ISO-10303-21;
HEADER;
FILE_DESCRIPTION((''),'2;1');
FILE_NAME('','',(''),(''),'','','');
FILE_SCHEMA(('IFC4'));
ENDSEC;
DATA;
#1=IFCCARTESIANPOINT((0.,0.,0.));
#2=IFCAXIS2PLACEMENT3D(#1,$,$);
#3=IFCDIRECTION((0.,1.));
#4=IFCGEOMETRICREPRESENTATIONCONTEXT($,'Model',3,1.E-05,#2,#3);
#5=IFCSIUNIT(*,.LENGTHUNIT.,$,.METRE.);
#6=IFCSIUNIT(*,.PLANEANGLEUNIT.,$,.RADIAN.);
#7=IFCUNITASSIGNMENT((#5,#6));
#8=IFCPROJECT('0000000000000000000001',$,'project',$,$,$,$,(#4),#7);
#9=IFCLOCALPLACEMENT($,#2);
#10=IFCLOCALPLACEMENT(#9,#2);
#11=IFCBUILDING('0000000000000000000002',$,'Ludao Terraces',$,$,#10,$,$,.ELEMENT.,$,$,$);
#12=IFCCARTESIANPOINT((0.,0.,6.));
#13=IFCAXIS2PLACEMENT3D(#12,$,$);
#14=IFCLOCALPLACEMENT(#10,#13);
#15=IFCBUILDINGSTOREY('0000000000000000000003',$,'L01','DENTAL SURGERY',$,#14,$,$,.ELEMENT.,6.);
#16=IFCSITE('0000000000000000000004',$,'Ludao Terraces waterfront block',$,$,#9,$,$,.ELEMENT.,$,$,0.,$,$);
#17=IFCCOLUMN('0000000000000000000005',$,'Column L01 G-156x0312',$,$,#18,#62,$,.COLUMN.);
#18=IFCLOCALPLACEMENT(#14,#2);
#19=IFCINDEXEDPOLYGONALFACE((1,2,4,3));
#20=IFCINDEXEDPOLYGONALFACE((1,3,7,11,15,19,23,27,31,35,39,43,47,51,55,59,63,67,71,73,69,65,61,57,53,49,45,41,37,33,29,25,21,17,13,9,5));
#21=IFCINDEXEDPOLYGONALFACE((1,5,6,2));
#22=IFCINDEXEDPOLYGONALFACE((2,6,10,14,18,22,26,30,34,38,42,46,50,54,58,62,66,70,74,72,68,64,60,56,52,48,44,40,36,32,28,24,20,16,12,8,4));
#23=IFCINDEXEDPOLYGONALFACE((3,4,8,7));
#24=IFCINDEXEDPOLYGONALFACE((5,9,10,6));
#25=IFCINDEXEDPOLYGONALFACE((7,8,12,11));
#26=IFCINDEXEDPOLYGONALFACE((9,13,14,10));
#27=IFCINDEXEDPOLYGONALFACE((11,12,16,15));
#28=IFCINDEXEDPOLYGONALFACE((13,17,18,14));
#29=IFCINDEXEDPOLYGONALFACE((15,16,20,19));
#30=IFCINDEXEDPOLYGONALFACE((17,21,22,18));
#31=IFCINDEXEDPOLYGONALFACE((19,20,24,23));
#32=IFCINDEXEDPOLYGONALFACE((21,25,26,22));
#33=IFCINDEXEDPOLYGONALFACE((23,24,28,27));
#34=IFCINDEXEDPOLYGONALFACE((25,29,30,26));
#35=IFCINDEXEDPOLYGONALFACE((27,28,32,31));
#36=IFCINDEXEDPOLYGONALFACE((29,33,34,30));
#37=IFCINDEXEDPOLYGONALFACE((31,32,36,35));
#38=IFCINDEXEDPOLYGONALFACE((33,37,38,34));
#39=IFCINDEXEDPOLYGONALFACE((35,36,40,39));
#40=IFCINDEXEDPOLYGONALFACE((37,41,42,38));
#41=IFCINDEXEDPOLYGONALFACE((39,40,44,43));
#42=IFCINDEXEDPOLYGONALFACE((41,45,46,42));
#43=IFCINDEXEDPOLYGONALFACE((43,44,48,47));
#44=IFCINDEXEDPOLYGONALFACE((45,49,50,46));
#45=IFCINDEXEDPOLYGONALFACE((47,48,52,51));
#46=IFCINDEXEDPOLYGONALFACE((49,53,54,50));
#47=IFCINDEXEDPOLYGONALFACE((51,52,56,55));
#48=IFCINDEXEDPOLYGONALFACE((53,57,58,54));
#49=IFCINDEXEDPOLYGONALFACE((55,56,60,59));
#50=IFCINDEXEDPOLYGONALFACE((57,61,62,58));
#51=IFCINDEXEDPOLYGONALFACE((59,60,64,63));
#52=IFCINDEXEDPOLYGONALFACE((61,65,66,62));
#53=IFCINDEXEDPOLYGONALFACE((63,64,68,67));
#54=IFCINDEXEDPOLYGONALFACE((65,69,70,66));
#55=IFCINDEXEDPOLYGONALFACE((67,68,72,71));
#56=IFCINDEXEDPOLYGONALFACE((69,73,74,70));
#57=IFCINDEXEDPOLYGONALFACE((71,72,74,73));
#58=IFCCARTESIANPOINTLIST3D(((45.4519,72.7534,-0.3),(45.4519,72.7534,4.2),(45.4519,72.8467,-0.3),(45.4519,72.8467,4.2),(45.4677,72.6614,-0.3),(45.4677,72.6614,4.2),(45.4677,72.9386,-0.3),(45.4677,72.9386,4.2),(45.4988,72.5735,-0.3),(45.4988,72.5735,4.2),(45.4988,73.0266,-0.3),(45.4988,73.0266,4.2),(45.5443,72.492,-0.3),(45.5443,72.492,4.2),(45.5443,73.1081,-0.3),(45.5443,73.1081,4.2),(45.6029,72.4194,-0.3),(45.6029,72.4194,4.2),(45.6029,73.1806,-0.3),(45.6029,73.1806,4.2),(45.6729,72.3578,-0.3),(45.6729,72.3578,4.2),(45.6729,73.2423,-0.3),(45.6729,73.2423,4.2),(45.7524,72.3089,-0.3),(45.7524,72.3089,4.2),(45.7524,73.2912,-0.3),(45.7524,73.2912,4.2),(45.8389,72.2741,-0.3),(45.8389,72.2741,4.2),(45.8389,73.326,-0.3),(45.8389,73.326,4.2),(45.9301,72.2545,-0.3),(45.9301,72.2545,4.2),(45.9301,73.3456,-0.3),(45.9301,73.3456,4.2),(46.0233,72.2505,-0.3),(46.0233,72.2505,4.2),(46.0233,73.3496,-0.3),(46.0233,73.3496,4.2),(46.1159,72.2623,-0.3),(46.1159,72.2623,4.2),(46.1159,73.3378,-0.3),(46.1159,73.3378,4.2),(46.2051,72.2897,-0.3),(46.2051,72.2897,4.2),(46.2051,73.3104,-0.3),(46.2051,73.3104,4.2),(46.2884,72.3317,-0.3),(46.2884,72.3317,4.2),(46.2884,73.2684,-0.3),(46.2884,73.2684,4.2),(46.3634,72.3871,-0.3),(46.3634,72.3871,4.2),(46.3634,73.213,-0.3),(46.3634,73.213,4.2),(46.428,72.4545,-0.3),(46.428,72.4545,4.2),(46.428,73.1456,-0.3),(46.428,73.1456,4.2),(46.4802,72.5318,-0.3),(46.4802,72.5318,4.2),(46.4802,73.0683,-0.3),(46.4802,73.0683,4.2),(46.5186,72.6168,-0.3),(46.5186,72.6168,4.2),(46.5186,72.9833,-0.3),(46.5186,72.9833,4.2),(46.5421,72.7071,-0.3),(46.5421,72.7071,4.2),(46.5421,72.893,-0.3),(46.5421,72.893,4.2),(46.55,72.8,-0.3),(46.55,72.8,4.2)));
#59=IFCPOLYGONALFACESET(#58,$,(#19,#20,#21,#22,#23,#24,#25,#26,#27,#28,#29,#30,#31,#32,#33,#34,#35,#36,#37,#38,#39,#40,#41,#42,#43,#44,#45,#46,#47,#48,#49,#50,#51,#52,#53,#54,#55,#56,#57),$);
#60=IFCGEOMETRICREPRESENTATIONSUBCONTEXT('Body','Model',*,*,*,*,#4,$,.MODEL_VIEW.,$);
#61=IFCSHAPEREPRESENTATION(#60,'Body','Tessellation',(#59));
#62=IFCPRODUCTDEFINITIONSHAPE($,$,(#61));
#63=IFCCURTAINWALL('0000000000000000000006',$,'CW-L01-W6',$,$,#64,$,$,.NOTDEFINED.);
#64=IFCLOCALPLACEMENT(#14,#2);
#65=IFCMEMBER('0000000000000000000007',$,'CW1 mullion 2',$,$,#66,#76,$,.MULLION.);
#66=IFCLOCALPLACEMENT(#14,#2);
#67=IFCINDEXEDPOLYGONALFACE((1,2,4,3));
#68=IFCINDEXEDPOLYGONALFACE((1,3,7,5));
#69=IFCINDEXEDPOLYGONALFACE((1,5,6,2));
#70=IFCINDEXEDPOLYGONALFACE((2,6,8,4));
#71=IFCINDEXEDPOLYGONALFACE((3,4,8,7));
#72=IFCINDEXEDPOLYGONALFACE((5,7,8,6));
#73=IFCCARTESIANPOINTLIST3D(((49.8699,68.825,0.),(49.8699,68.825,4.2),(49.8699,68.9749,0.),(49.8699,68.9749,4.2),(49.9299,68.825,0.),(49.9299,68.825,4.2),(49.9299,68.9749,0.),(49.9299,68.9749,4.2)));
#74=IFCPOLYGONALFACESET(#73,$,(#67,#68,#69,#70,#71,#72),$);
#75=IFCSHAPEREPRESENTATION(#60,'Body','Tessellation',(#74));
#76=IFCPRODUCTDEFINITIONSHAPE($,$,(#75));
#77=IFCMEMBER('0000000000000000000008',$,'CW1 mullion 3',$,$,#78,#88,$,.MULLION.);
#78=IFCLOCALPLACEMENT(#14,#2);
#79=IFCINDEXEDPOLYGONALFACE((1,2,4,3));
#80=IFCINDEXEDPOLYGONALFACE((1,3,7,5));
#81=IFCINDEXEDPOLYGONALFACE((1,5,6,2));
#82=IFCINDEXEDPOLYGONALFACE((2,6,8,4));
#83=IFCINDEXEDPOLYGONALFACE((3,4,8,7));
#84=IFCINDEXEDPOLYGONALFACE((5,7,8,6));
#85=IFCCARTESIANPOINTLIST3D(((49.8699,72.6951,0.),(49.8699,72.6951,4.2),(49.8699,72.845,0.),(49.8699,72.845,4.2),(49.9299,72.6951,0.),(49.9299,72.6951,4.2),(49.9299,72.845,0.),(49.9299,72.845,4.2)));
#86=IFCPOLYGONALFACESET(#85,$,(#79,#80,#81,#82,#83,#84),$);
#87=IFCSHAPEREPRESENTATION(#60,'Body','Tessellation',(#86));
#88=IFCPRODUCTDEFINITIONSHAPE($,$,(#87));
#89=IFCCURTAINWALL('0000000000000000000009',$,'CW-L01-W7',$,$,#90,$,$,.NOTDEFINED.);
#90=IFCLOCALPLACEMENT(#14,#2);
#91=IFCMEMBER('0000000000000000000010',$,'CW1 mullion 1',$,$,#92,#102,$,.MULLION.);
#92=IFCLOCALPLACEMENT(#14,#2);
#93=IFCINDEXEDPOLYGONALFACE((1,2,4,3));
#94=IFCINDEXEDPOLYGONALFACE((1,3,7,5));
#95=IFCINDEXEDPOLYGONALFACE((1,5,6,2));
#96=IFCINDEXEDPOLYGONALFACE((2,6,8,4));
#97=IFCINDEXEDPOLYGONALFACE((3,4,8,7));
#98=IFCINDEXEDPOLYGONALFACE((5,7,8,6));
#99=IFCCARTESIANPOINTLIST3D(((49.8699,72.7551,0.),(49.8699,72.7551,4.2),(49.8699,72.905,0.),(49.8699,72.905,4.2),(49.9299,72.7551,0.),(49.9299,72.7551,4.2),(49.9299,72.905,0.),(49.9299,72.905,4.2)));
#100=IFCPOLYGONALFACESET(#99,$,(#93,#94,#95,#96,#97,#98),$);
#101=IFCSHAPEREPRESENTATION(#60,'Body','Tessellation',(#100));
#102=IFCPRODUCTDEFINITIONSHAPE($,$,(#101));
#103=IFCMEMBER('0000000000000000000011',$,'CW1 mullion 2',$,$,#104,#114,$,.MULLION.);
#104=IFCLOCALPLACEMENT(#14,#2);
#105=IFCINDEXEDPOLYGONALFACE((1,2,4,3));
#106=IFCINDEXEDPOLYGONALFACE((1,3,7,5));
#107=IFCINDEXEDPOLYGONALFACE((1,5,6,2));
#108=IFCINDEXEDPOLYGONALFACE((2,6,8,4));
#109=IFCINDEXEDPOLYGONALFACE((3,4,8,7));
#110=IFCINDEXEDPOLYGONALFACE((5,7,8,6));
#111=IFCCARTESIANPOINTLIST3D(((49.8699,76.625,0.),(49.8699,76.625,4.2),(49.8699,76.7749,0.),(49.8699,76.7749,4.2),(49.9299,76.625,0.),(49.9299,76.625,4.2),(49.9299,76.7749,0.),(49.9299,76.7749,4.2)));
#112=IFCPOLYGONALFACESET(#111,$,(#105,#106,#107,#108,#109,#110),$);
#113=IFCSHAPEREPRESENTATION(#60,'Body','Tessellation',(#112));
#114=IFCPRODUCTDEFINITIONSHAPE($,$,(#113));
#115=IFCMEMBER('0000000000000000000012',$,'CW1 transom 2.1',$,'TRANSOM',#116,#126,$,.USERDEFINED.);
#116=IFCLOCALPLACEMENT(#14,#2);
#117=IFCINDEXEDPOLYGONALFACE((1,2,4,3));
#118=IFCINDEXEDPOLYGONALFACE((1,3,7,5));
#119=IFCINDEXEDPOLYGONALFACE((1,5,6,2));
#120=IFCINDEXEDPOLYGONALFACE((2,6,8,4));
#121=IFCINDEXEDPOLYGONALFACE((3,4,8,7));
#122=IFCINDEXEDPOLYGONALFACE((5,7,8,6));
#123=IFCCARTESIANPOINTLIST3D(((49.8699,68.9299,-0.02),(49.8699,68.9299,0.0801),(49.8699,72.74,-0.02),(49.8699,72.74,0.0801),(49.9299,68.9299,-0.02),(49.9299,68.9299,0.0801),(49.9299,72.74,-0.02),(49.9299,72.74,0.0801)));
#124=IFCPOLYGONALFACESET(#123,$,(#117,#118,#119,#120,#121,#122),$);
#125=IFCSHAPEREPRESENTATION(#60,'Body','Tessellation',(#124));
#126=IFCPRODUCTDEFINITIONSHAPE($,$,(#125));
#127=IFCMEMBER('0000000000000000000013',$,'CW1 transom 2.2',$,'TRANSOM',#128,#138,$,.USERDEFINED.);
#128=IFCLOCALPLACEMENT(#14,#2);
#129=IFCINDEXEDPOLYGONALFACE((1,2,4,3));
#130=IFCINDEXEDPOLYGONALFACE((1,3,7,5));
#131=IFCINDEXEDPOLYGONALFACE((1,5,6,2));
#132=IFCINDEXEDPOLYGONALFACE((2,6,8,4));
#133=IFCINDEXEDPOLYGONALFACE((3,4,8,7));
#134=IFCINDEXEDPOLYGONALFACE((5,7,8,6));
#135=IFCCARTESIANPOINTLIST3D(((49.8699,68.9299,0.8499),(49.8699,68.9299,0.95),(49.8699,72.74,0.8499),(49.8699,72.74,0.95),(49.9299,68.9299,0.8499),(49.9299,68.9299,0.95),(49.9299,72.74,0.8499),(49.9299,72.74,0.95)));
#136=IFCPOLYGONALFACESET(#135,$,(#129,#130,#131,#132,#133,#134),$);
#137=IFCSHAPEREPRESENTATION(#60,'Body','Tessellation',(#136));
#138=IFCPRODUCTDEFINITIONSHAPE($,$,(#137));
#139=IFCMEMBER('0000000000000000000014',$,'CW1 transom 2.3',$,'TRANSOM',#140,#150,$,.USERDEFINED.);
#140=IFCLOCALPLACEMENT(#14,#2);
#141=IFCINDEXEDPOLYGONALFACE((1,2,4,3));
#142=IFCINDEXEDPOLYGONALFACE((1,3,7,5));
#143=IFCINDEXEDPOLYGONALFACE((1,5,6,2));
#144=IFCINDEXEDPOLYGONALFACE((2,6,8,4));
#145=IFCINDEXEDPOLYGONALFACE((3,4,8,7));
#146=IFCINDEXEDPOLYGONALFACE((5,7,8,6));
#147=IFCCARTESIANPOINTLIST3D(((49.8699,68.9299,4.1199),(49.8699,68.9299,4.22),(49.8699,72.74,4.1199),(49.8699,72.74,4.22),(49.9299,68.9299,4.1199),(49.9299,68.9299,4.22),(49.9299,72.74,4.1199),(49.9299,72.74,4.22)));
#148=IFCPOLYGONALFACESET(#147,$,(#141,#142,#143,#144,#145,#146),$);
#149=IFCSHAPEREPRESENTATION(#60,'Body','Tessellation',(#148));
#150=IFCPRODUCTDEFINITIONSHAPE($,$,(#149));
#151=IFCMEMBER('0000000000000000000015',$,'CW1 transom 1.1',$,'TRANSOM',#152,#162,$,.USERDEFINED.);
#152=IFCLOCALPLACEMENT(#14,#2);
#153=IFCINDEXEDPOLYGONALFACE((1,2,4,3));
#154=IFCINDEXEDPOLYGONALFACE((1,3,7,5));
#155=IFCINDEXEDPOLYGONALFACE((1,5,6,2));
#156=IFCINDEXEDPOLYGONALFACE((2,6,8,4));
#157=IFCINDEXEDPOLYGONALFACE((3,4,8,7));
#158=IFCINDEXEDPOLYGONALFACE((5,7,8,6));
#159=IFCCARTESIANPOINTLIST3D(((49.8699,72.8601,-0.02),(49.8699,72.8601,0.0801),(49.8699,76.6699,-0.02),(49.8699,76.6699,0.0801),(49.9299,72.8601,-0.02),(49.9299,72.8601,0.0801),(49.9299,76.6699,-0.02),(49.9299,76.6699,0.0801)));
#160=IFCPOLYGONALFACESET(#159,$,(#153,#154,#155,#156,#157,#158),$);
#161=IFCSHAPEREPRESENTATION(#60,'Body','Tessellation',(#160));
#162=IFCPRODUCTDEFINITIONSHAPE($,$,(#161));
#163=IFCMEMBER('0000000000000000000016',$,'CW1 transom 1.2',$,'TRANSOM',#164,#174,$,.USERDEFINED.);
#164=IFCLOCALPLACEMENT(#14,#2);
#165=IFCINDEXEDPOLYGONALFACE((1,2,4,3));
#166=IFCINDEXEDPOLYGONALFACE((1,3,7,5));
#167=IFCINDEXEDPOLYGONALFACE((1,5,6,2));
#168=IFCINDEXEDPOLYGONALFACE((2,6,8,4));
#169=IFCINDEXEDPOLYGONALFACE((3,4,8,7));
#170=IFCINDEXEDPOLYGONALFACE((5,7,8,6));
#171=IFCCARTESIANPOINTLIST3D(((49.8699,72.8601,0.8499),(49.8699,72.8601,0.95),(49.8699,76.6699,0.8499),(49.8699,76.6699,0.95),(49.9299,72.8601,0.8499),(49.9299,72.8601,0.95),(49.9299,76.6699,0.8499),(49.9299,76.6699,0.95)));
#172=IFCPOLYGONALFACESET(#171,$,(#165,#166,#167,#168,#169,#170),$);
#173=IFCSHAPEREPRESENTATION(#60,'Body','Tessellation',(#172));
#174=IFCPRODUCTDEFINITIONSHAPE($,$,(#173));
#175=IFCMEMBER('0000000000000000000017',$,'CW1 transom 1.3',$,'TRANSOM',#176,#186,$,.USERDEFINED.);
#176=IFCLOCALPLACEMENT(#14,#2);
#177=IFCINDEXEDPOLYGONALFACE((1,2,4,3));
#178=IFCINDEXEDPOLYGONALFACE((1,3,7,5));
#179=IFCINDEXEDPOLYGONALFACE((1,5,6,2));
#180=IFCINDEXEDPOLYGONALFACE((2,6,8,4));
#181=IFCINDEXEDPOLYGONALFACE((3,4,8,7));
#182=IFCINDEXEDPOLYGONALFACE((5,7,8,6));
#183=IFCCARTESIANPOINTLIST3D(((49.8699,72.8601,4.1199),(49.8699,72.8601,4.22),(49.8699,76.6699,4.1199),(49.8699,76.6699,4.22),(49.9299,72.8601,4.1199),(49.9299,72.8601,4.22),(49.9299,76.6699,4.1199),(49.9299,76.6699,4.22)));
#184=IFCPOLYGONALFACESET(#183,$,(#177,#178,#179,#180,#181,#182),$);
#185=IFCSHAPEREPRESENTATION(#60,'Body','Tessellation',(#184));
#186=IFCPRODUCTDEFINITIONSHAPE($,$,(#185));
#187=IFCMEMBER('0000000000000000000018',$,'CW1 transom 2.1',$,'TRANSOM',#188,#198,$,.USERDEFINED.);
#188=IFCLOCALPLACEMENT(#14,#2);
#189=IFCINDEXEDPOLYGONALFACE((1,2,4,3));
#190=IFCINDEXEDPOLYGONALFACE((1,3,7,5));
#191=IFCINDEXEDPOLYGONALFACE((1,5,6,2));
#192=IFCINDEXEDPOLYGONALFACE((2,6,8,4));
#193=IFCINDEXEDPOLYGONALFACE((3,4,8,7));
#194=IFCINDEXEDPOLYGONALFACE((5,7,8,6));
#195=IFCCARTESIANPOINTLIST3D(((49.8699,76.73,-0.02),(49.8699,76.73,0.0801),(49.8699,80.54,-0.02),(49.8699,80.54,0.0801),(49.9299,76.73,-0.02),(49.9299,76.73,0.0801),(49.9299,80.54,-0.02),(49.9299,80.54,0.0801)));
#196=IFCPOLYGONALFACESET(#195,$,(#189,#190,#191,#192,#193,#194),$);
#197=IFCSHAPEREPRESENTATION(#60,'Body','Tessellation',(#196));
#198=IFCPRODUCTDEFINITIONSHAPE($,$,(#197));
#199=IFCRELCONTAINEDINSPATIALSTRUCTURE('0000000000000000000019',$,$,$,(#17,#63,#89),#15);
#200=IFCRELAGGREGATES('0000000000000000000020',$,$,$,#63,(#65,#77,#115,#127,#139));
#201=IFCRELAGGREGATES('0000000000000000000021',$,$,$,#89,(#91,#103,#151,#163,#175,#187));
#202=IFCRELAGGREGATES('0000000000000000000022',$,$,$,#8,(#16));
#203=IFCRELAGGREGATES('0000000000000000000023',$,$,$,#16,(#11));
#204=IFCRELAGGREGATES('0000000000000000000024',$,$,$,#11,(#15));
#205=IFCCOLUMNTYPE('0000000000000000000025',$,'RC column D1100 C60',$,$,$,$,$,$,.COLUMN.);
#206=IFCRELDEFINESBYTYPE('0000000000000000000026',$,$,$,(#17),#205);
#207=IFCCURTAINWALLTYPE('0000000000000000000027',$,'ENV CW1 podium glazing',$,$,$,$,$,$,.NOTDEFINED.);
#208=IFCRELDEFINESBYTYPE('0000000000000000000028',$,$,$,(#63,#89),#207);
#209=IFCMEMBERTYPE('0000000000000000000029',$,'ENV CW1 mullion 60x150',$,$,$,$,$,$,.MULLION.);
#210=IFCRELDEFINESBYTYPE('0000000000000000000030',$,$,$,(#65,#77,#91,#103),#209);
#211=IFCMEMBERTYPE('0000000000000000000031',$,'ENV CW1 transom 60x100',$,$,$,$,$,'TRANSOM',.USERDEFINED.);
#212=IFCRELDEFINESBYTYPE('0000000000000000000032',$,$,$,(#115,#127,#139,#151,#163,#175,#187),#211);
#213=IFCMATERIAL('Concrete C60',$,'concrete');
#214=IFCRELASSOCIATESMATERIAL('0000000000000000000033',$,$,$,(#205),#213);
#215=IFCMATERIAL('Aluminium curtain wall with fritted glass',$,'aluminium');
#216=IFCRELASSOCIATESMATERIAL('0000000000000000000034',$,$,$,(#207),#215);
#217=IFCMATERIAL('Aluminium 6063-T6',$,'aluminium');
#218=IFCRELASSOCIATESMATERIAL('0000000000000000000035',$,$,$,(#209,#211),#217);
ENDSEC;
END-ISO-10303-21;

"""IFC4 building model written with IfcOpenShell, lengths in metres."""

from ifc_helpers import new_model, si_unit, direction, frame, origin, origin_2d, place, context, subcontext, project, spatial, rectangle, circle, extrude, material, material_profile, profile_set, type_object, element, aggregate, save


model = new_model("IFC4")

# Units and contexts
model_context = context("Model", 3, precision=1e-05, world=origin(), true_north=direction((0.0, 1.0)))
body_context = subcontext(model_context, "Body", "Model", "MODEL_VIEW")
ifc_project = project(units=[si_unit("LENGTHUNIT", "METRE"), si_unit("PLANEANGLEUNIT", "RADIAN")], contexts=[model_context])

# Site, building, storey
site_placement = place(None, origin())
site = spatial("IfcSite", under=ifc_project, at=site_placement, Name="Ludao Terraces waterfront block", CompositionType="ELEMENT", RefElevation=0.0)
building_placement = place(site_placement, origin())
building = spatial("IfcBuilding", under=site, at=building_placement, Name="Ludao Terraces", CompositionType="ELEMENT")
storey_placement = place(building_placement, frame((0.0, 0.0, 6.0)))
storey = spatial("IfcBuildingStorey", under=building, at=storey_placement, Name="L01", Description="DENTAL SURGERY", CompositionType="ELEMENT", Elevation=6.0)

# Column
ifc_material_1 = material(Name="Concrete C60", Category="concrete")
ifc_material_profile_1 = material_profile(ifc_material_1, circle(Radius=0.55, at=origin_2d()), Name="D1100")
ifc_profile_set_1 = profile_set([ifc_material_profile_1], Name="Concrete C60")
column_type = type_object("IfcColumnType", Name="RC column D1100 C60", PredefinedType="COLUMN", material=ifc_profile_set_1)
column_placement = place(storey_placement, frame((46.0, 72.8, -0.3), z_axis=(0.0, 0.0, 1.0), x_axis=(1.0, 0.0, 0.0)))
element("IfcColumn", 1, at=column_placement, inside=storey, type_object=column_type, Name="Column L01 G-156x0312", PredefinedType="COLUMN", context=body_context, shape_type="SweptSolid", body=[
    extrude(circle(Radius=0.55, at=origin_2d()), origin(), (0.0, 0.0, 1.0), 4.5),
])

# Curtain walls, members
ifc_material_2 = material(Name="Aluminium curtain wall with fritted glass", Category="aluminium")
curtain_wall_type = type_object("IfcCurtainWallType", Name="ENV CW1 podium glazing", PredefinedType="NOTDEFINED", material=ifc_material_2)
curtain_wall_1_placement = place(storey_placement, origin())
curtain_wall_1 = element("IfcCurtainWall", 2, at=curtain_wall_1_placement, inside=storey, type_object=curtain_wall_type, Name="CW-L01-W6", PredefinedType="NOTDEFINED")
ifc_material_3 = material(Name="Aluminium 6063-T6", Category="aluminium")
ifc_material_profile_2 = material_profile(ifc_material_3, rectangle(XDim=0.0601, YDim=0.1499, at=origin_2d()), Name="60 X 150")
ifc_profile_set_2 = profile_set([ifc_material_profile_2], Name="Aluminium 6063-T6")
member_type_1 = type_object("IfcMemberType", Name="ENV CW1 mullion 60x150", PredefinedType="MULLION", material=ifc_profile_set_2)
member_1_placement = place(storey_placement, frame((49.8999, 68.8999, 0.0), z_axis=(0.0, 0.0, 1.0), x_axis=(-1.0, 0.0, 0.0)))
member_1 = element("IfcMember", 3, at=member_1_placement, type_object=member_type_1, Name="CW1 mullion 2", PredefinedType="MULLION", context=body_context, shape_type="SweptSolid", body=[
    extrude(rectangle(XDim=0.0601, YDim=0.1499, at=origin_2d()), origin(), (0.0, 0.0, 1.0), 4.2),
])
member_2_placement = place(storey_placement, frame((49.8999, 72.77, 0.0), z_axis=(0.0, 0.0, 1.0), x_axis=(-1.0, 0.0, 0.0)))
member_2 = element("IfcMember", 4, at=member_2_placement, type_object=member_type_1, Name="CW1 mullion 3", PredefinedType="MULLION", context=body_context, shape_type="SweptSolid", body=[
    extrude(rectangle(XDim=0.0601, YDim=0.1499, at=origin_2d()), origin(), (0.0, 0.0, 1.0), 4.2),
])
curtain_wall_2_placement = place(storey_placement, origin())
curtain_wall_2 = element("IfcCurtainWall", 5, at=curtain_wall_2_placement, inside=storey, type_object=curtain_wall_type, Name="CW-L01-W7", PredefinedType="NOTDEFINED")
member_3_placement = place(storey_placement, frame((49.8999, 72.8301, 0.0), z_axis=(0.0, 0.0, 1.0), x_axis=(-1.0, 0.0, 0.0)))
member_3 = element("IfcMember", 6, at=member_3_placement, type_object=member_type_1, Name="CW1 mullion 1", PredefinedType="MULLION", context=body_context, shape_type="SweptSolid", body=[
    extrude(rectangle(XDim=0.0601, YDim=0.1499, at=origin_2d()), origin(), (0.0, 0.0, 1.0), 4.2),
])
member_4_placement = place(storey_placement, frame((49.8999, 76.7, 0.0), z_axis=(0.0, 0.0, 1.0), x_axis=(-1.0, 0.0, 0.0)))
member_4 = element("IfcMember", 7, at=member_4_placement, type_object=member_type_1, Name="CW1 mullion 2", PredefinedType="MULLION", context=body_context, shape_type="SweptSolid", body=[
    extrude(rectangle(XDim=0.0601, YDim=0.1499, at=origin_2d()), origin(), (0.0, 0.0, 1.0), 4.2),
])

# Members
ifc_material_profile_3 = material_profile(ifc_material_3, rectangle(XDim=0.0601, YDim=0.1001, at=origin_2d()), Name="60 X 100")
ifc_profile_set_3 = profile_set([ifc_material_profile_3], Name="Aluminium 6063-T6")
member_type_2 = type_object("IfcMemberType", Name="ENV CW1 transom 60x100", ElementType="TRANSOM", PredefinedType="USERDEFINED", material=ifc_profile_set_3)
member_5_placement = place(storey_placement, frame((49.8999, 68.9299, 0.03), z_axis=(0.0, 1.0, 0.0), x_axis=(-1.0, 0.0, 0.0)))
member_5 = element("IfcMember", 8, at=member_5_placement, type_object=member_type_2, Name="CW1 transom 2.1", ObjectType="TRANSOM", PredefinedType="USERDEFINED", context=body_context, shape_type="SweptSolid", body=[
    extrude(rectangle(XDim=0.0601, YDim=0.1001, at=origin_2d()), origin(), (0.0, 0.0, 1.0), 3.8101),
])
member_6_placement = place(storey_placement, frame((49.8999, 68.9299, 0.8999), z_axis=(0.0, 1.0, 0.0), x_axis=(-1.0, 0.0, 0.0)))
member_6 = element("IfcMember", 9, at=member_6_placement, type_object=member_type_2, Name="CW1 transom 2.2", ObjectType="TRANSOM", PredefinedType="USERDEFINED", context=body_context, shape_type="SweptSolid", body=[
    extrude(rectangle(XDim=0.0601, YDim=0.1001, at=origin_2d()), origin(), (0.0, 0.0, 1.0), 3.8101),
])
member_7_placement = place(storey_placement, frame((49.8999, 68.9299, 4.1699), z_axis=(0.0, 1.0, 0.0), x_axis=(-1.0, 0.0, 0.0)))
member_7 = element("IfcMember", 10, at=member_7_placement, type_object=member_type_2, Name="CW1 transom 2.3", ObjectType="TRANSOM", PredefinedType="USERDEFINED", context=body_context, shape_type="SweptSolid", body=[
    extrude(rectangle(XDim=0.0601, YDim=0.1001, at=origin_2d()), origin(), (0.0, 0.0, 1.0), 3.8101),
])
member_8_placement = place(storey_placement, frame((49.8999, 72.8601, 0.03), z_axis=(0.0, 1.0, 0.0), x_axis=(-1.0, 0.0, 0.0)))
member_8 = element("IfcMember", 11, at=member_8_placement, type_object=member_type_2, Name="CW1 transom 1.1", ObjectType="TRANSOM", PredefinedType="USERDEFINED", context=body_context, shape_type="SweptSolid", body=[
    extrude(rectangle(XDim=0.0601, YDim=0.1001, at=origin_2d()), origin(), (0.0, 0.0, 1.0), 3.8098),
])
member_9_placement = place(storey_placement, frame((49.8999, 72.8601, 0.8999), z_axis=(0.0, 1.0, 0.0), x_axis=(-1.0, 0.0, 0.0)))
member_9 = element("IfcMember", 12, at=member_9_placement, type_object=member_type_2, Name="CW1 transom 1.2", ObjectType="TRANSOM", PredefinedType="USERDEFINED", context=body_context, shape_type="SweptSolid", body=[
    extrude(rectangle(XDim=0.0601, YDim=0.1001, at=origin_2d()), origin(), (0.0, 0.0, 1.0), 3.8098),
])
member_10_placement = place(storey_placement, frame((49.8999, 72.8601, 4.1699), z_axis=(0.0, 1.0, 0.0), x_axis=(-1.0, 0.0, 0.0)))
member_10 = element("IfcMember", 13, at=member_10_placement, type_object=member_type_2, Name="CW1 transom 1.3", ObjectType="TRANSOM", PredefinedType="USERDEFINED", context=body_context, shape_type="SweptSolid", body=[
    extrude(rectangle(XDim=0.0601, YDim=0.1001, at=origin_2d()), origin(), (0.0, 0.0, 1.0), 3.8098),
])
member_11_placement = place(storey_placement, frame((49.8999, 76.73, 0.03), z_axis=(0.0, 1.0, 0.0), x_axis=(-1.0, 0.0, 0.0)))
member_11 = element("IfcMember", 14, at=member_11_placement, type_object=member_type_2, Name="CW1 transom 2.1", ObjectType="TRANSOM", PredefinedType="USERDEFINED", context=body_context, shape_type="SweptSolid", body=[
    extrude(rectangle(XDim=0.0601, YDim=0.1001, at=origin_2d()), origin(), (0.0, 0.0, 1.0), 3.8101),
])

aggregate(curtain_wall_1, [member_1, member_2, member_5, member_6, member_7])
aggregate(curtain_wall_2, [member_3, member_4, member_8, member_9, member_10, member_11])

save(model, "model.ifc")
